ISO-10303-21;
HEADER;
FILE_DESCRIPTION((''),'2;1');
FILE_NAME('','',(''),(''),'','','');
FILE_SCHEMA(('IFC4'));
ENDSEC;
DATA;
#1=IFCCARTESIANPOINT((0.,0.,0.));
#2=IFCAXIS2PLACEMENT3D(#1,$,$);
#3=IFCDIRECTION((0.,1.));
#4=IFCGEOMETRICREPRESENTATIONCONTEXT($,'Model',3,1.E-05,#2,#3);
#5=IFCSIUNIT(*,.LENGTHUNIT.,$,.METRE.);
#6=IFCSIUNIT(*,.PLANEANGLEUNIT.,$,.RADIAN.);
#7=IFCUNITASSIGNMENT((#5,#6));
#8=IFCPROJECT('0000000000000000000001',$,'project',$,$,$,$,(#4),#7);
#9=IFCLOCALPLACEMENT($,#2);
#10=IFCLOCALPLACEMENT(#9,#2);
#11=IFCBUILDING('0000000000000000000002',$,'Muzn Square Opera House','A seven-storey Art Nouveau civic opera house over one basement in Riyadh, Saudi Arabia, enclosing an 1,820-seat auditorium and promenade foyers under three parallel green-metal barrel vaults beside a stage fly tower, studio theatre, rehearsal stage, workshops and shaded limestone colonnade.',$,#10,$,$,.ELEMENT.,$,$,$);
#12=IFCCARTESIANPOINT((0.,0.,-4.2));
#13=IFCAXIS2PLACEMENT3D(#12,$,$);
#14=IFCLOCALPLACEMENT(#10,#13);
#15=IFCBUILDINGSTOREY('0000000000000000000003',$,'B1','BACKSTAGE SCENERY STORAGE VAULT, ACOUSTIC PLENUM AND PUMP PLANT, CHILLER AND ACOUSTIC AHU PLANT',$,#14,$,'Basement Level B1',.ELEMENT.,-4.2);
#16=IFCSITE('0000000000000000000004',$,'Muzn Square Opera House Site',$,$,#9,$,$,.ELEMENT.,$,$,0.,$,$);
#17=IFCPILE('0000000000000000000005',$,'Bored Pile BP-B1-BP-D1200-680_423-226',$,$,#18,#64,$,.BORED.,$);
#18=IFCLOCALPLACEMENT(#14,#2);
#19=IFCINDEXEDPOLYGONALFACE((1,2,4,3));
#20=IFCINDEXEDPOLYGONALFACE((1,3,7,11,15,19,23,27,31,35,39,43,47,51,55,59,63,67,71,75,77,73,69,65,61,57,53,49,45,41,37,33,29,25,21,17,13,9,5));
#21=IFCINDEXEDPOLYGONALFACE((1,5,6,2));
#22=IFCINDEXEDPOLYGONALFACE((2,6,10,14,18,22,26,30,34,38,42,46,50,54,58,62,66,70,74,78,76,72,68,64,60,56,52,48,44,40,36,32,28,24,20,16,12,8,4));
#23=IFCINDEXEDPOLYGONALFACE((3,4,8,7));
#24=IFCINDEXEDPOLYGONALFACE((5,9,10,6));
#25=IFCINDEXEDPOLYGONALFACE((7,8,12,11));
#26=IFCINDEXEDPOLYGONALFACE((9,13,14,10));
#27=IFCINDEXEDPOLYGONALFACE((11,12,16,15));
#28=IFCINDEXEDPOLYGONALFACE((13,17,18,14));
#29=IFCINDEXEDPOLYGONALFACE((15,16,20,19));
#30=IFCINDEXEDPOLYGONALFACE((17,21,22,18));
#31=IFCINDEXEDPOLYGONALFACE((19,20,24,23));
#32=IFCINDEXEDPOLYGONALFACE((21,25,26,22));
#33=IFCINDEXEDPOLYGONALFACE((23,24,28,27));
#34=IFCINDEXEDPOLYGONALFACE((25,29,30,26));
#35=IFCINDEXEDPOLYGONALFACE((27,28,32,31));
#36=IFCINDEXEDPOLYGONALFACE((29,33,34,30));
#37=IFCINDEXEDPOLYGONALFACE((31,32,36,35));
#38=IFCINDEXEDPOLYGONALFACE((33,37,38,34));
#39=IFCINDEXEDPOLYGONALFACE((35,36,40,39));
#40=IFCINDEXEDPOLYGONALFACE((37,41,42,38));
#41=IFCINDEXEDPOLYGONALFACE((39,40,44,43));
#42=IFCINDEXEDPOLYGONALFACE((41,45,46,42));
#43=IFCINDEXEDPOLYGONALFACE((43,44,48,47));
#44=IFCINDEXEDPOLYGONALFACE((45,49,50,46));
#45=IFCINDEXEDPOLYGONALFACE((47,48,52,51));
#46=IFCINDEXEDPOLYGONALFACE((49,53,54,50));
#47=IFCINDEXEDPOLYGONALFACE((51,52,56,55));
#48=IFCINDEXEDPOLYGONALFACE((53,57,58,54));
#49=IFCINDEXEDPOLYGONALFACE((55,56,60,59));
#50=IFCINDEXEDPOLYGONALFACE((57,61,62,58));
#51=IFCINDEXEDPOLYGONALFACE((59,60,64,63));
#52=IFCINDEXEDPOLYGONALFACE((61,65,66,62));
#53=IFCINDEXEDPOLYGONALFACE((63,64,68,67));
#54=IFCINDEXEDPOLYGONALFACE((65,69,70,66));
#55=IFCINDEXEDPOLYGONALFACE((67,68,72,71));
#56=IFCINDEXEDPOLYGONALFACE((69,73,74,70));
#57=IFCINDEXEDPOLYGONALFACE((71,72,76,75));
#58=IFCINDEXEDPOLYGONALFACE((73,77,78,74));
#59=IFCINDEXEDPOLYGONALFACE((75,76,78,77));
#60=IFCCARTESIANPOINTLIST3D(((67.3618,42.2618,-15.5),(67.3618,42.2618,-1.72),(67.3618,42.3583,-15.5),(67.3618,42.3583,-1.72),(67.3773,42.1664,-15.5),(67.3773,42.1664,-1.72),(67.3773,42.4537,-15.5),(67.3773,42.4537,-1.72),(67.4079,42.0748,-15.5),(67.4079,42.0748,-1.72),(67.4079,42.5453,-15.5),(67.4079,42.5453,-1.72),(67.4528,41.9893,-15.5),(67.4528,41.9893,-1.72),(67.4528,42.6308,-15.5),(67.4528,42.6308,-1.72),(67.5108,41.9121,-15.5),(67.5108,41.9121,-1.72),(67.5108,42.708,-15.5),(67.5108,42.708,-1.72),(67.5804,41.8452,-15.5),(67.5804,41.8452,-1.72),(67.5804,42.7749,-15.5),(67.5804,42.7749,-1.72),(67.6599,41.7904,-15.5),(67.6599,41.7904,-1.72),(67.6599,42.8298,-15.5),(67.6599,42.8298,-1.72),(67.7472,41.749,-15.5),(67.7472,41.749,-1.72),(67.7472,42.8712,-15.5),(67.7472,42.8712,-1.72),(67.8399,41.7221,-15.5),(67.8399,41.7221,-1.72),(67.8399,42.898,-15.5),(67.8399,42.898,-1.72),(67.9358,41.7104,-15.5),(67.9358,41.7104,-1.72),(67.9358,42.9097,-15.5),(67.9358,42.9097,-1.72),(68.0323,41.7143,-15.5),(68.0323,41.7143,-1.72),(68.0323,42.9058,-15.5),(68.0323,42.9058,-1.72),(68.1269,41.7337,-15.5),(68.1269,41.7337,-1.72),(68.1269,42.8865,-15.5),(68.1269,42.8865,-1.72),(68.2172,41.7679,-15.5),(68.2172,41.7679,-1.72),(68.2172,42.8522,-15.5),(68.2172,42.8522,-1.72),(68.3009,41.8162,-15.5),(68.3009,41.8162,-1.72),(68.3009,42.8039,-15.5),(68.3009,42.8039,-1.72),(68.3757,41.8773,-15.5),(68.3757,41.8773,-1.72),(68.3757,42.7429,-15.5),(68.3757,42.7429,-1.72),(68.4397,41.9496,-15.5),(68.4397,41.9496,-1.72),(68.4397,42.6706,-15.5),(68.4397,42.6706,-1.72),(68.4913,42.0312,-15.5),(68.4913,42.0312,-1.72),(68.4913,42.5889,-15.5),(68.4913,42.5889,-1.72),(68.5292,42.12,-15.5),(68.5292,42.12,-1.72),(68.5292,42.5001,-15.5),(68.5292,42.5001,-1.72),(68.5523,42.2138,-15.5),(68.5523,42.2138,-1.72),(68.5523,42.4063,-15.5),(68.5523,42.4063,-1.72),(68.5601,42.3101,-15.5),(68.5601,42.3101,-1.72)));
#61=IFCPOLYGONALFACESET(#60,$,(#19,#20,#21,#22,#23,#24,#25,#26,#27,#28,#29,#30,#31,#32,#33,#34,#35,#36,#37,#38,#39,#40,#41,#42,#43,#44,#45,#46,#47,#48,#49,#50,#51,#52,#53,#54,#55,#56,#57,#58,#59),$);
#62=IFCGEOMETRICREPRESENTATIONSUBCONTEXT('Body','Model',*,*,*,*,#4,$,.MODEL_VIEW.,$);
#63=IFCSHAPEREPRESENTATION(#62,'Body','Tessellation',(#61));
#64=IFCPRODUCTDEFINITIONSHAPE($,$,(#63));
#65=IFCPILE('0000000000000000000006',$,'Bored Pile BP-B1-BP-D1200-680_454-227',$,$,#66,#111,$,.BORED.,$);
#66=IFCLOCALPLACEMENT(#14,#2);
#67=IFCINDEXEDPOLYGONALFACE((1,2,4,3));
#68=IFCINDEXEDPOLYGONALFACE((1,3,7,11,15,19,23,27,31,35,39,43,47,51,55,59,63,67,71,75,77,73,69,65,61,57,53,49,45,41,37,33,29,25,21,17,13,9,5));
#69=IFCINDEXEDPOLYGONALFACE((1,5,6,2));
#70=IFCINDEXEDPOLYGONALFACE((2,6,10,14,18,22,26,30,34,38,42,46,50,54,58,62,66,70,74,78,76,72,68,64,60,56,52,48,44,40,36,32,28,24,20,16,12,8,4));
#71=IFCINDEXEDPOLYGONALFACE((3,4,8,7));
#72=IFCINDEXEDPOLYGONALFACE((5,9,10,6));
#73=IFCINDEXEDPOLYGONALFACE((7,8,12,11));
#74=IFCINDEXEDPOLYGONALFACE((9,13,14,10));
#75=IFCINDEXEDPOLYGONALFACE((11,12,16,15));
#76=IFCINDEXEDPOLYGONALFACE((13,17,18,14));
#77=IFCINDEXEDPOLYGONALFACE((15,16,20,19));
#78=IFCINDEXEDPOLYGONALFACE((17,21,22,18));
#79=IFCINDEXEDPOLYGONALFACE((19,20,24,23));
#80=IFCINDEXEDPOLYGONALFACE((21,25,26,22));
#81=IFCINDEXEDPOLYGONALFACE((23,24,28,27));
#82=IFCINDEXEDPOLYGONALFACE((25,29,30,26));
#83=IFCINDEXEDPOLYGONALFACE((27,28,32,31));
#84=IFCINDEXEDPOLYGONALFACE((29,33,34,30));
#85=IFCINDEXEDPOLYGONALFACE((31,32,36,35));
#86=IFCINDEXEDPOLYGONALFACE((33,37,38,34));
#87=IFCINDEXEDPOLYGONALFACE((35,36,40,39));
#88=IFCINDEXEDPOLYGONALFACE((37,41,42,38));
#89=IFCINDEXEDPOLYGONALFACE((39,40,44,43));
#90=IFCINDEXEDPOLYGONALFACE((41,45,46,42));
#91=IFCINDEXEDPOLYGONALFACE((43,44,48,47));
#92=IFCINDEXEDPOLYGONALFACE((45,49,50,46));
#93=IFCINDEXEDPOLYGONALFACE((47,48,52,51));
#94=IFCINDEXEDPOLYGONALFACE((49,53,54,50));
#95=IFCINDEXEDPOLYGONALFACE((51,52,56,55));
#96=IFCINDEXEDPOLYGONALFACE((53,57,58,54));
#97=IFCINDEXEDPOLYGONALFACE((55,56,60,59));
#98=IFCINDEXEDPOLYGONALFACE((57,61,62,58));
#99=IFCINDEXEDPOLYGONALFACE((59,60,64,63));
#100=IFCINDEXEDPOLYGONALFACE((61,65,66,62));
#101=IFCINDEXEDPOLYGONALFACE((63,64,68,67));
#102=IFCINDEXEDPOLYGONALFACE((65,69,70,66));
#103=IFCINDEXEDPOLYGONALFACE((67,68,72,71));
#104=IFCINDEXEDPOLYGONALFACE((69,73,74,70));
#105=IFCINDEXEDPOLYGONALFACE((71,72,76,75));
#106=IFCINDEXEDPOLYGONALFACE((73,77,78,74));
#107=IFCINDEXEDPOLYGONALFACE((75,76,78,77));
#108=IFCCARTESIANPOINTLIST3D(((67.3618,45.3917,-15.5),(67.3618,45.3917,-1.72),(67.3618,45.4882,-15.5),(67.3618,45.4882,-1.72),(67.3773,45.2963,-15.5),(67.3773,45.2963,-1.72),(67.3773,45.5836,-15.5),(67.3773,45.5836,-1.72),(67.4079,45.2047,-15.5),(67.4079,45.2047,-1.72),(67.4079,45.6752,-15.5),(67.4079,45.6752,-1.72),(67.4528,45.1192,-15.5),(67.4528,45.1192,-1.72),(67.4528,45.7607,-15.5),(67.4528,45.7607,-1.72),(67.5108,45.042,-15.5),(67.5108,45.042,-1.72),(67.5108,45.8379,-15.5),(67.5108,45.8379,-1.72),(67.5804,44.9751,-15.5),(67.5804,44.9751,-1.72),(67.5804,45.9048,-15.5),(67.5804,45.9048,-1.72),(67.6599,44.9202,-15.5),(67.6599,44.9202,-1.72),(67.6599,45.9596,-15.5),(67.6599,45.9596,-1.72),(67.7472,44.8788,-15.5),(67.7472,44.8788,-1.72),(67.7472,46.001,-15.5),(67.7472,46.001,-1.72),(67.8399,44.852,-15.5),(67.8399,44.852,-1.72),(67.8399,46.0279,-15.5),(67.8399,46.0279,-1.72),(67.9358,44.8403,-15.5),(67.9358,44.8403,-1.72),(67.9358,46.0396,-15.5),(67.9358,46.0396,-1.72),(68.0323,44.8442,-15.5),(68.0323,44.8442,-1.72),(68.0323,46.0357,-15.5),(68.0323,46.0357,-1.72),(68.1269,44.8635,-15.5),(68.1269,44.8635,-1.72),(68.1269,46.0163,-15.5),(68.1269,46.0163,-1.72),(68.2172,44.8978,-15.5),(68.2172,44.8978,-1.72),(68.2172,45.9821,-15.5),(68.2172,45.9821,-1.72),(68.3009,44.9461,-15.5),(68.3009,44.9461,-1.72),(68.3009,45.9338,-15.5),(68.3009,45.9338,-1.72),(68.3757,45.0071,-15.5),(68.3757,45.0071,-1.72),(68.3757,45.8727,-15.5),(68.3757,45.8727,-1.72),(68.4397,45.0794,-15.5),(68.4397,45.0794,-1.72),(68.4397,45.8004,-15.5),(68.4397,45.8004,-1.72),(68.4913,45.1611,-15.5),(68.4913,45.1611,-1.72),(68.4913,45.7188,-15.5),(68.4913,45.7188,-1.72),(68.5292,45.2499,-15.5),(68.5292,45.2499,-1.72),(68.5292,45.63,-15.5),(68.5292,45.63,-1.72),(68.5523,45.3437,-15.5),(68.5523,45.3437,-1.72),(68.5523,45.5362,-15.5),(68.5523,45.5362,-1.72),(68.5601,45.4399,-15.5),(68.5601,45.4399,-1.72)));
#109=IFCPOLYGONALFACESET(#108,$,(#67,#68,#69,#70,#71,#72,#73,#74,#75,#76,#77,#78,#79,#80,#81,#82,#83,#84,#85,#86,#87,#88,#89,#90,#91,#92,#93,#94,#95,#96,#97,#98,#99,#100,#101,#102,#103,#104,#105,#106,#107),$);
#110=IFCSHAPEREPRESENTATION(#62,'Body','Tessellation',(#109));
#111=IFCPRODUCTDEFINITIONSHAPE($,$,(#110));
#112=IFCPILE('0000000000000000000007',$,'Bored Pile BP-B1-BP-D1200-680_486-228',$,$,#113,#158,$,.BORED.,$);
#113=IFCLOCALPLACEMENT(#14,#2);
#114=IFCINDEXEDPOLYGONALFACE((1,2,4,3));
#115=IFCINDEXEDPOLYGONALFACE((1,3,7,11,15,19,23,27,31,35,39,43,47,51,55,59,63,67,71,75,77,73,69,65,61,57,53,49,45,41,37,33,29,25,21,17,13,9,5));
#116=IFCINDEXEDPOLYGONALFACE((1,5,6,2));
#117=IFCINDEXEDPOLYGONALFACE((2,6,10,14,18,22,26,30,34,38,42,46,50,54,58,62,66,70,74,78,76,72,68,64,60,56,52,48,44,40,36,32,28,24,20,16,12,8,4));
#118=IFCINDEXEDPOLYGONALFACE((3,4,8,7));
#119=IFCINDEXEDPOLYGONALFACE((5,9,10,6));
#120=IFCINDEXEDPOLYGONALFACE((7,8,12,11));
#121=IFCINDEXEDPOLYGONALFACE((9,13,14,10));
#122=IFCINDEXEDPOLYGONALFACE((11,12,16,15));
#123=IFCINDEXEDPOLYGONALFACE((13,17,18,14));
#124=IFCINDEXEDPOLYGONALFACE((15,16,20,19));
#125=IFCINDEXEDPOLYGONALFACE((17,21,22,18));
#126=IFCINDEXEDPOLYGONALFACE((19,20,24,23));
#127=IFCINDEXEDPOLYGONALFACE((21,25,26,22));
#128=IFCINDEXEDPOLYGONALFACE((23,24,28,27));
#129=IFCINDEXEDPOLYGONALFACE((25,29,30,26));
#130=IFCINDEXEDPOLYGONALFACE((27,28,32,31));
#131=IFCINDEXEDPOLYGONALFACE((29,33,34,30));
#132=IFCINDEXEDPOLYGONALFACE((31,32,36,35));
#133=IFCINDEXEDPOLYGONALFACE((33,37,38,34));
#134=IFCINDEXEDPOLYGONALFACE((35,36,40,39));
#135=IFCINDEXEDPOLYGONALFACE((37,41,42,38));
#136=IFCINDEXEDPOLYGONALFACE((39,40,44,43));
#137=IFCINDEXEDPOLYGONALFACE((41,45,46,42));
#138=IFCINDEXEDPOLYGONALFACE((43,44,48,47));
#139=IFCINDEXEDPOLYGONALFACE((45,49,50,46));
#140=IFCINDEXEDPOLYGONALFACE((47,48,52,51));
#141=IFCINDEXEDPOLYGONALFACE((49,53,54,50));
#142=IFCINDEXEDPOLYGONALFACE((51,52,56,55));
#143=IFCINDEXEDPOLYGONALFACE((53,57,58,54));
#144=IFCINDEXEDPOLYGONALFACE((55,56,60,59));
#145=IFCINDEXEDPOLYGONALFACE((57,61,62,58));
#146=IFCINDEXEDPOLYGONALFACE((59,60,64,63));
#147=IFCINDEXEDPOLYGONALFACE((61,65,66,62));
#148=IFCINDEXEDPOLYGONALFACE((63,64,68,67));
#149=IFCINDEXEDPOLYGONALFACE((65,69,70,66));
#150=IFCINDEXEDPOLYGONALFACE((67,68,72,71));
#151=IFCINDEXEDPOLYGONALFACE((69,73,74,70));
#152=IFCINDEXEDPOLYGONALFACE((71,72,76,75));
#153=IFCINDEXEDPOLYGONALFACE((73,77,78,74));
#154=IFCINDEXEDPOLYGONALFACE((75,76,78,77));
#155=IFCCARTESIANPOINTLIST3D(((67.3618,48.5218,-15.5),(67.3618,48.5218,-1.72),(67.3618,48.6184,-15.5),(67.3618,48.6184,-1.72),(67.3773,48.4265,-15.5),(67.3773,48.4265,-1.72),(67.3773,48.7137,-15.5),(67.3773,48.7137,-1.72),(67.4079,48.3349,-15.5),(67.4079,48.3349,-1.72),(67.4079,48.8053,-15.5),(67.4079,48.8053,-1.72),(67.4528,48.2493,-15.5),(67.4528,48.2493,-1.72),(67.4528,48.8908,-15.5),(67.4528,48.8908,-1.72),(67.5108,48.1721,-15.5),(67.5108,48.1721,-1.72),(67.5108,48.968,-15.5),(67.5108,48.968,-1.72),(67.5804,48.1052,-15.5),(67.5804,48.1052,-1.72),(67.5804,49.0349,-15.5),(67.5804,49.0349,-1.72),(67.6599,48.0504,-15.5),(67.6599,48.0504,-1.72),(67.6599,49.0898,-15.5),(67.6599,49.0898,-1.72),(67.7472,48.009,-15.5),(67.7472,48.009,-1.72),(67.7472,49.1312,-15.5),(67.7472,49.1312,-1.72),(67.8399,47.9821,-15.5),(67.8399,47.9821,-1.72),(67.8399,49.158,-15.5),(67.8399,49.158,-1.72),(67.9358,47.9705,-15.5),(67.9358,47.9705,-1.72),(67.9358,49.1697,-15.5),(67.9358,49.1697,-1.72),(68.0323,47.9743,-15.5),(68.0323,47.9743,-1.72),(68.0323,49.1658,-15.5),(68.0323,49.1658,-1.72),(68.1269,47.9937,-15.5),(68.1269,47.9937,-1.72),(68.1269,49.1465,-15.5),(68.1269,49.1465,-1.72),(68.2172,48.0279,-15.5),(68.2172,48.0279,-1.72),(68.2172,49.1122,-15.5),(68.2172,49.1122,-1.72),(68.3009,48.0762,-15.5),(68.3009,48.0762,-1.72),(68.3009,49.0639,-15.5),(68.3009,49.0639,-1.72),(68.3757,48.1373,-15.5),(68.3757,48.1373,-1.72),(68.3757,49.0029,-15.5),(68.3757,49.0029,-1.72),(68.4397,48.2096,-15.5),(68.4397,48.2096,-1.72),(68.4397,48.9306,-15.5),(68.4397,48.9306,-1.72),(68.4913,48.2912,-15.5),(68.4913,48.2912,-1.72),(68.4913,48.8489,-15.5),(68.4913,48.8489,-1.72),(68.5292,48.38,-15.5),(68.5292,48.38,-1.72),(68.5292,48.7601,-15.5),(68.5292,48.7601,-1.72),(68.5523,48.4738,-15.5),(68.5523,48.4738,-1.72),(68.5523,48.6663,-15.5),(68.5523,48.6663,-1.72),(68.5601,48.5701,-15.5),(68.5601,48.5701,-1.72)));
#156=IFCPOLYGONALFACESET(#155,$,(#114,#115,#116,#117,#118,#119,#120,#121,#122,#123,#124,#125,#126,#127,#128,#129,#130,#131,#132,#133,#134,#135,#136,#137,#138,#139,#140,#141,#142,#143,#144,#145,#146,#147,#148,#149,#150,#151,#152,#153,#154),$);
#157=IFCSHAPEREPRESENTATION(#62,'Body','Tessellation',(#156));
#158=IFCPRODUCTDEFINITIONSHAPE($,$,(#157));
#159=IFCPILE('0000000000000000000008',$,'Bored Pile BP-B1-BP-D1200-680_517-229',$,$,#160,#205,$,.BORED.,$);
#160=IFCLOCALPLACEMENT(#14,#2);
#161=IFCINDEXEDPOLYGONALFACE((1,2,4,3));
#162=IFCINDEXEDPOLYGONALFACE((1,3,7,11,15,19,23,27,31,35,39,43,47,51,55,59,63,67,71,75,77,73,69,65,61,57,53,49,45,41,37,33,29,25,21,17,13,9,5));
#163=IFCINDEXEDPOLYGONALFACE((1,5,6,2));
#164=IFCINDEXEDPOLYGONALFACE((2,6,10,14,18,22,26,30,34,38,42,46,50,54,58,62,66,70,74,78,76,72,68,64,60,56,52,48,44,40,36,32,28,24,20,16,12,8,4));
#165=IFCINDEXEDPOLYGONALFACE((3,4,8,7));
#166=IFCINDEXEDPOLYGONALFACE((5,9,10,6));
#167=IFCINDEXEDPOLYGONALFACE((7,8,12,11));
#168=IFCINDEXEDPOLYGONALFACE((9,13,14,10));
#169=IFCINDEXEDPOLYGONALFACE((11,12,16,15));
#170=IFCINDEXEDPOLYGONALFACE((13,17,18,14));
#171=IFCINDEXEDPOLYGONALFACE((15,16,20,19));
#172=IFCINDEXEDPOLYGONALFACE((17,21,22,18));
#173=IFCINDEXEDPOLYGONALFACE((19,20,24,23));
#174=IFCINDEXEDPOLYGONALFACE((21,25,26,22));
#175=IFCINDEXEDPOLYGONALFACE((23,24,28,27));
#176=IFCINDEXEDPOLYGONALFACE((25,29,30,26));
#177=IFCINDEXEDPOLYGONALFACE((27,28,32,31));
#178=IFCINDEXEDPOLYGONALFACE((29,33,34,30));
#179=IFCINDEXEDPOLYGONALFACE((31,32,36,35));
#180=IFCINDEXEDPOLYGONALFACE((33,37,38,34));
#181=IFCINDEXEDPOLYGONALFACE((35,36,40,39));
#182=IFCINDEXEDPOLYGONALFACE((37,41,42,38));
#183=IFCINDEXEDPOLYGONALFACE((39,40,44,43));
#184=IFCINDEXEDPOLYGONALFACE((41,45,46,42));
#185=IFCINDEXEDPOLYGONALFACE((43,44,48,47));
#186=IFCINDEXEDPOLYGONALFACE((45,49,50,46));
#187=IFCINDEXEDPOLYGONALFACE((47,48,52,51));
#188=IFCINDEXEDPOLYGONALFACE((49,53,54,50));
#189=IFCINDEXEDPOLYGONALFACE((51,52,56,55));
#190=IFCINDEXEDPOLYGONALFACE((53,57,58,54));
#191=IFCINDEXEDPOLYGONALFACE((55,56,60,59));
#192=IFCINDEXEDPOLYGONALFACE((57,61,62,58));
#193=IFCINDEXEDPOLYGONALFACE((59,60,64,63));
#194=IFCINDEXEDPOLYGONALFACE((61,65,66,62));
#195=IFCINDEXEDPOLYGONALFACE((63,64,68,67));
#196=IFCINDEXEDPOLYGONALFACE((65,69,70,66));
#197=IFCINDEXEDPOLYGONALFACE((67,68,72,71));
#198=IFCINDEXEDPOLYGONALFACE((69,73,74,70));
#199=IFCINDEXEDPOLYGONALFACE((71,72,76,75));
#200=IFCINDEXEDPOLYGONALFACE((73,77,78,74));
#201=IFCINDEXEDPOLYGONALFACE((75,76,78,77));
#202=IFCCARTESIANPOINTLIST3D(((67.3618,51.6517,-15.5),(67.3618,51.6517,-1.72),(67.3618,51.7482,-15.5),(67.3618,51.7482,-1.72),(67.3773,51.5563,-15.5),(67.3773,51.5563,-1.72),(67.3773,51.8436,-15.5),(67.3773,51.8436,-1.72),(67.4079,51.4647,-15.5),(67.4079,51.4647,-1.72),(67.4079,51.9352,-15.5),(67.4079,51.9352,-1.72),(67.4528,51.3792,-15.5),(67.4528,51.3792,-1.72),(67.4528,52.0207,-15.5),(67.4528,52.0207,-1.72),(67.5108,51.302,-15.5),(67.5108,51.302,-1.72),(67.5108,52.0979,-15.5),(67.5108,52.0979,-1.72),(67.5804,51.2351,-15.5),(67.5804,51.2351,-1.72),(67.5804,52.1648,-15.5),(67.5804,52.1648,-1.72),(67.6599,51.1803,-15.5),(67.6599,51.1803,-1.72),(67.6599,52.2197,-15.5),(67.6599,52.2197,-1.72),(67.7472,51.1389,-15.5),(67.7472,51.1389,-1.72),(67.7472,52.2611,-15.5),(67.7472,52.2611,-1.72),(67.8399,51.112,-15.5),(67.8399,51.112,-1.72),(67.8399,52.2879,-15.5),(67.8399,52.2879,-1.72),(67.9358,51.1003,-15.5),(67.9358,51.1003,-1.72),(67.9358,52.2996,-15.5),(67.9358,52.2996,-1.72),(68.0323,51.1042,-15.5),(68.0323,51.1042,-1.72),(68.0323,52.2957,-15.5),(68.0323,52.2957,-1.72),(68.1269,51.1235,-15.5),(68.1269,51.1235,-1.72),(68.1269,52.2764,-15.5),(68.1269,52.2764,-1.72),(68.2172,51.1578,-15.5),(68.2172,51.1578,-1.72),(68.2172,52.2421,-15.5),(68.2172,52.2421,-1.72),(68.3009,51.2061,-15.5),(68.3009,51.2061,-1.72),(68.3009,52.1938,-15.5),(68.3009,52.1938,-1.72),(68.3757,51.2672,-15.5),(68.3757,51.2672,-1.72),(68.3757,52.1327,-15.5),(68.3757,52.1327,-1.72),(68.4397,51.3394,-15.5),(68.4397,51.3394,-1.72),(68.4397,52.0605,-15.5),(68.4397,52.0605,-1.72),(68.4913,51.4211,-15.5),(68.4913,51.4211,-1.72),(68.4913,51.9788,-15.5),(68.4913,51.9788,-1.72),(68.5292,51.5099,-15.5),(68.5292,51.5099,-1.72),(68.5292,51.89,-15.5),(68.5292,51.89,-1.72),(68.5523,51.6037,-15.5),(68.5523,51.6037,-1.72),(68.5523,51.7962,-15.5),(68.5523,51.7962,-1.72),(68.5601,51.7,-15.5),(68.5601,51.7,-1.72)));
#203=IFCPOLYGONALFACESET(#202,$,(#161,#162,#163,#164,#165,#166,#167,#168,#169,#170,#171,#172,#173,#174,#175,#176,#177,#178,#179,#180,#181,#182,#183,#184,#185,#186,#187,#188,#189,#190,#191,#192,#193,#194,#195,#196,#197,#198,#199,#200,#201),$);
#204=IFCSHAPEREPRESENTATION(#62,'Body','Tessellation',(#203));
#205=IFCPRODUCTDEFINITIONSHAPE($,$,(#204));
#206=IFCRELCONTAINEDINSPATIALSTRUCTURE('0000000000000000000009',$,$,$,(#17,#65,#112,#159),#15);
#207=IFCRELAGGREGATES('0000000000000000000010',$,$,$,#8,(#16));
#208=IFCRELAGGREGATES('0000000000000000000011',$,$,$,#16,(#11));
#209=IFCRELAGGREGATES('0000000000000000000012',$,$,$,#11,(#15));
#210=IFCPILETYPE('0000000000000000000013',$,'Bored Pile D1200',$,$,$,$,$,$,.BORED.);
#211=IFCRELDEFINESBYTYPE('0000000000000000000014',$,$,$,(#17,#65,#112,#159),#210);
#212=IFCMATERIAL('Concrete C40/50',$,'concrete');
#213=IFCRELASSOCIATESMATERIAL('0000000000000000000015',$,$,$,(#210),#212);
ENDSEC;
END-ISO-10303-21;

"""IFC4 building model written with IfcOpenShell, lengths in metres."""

from ifc_helpers import new_model, si_unit, direction, frame, origin, origin_2d, place, context, subcontext, project, spatial, circle, extrude, material, material_profile, profile_set, type_object, element, save


model = new_model("IFC4")

# Units and contexts
model_context = context("Model", 3, precision=1e-05, world=origin(), true_north=direction((0.0, 1.0)))
body_context = subcontext(model_context, "Body", "Model", "MODEL_VIEW")
ifc_project = project(units=[si_unit("LENGTHUNIT", "METRE"), si_unit("PLANEANGLEUNIT", "RADIAN")], contexts=[model_context])

# Site, building, storey
site_placement = place(None, origin())
site = spatial("IfcSite", under=ifc_project, at=site_placement, Name="Muzn Square Opera House Site", CompositionType="ELEMENT", RefElevation=0.0)
building_placement = place(site_placement, origin())
building = spatial("IfcBuilding", under=site, at=building_placement, Name="Muzn Square Opera House", Description="A seven-storey Art Nouveau civic opera house over one basement in Riyadh, Saudi Arabia, enclosing an 1,820-seat auditorium and promenade foyers under three parallel green-metal barrel vaults beside a stage fly tower, studio theatre, rehearsal stage, workshops and shaded limestone colonnade.", CompositionType="ELEMENT")
storey_placement = place(building_placement, frame((0.0, 0.0, -4.2)))
storey = spatial("IfcBuildingStorey", under=building, at=storey_placement, Name="B1", Description="BACKSTAGE SCENERY STORAGE VAULT, ACOUSTIC PLENUM AND PUMP PLANT, CHILLER AND ACOUSTIC AHU PLANT", LongName="Basement Level B1", CompositionType="ELEMENT", Elevation=-4.2)

# Piles
ifc_material_1 = material(Name="Concrete C40/50", Category="concrete")
ifc_material_profile = material_profile(ifc_material_1, circle(Radius=0.6001, at=origin_2d()), Name="BORED PILE D1200", Category="concrete")
ifc_profile_set = profile_set([ifc_material_profile], Name="Concrete C40/50")
pile_type = type_object("IfcPileType", Name="Bored Pile D1200", PredefinedType="BORED", material=ifc_profile_set)
for number, where, z_axis, x_axis, name in (
    (1, (67.96, 42.3101, -1.72), (0.0, 0.0, -1.0), (1.0, 0.0, 0.0), "Bored Pile BP-B1-BP-D1200-680_423-226"),
    (2, (67.96, 45.4399, -1.72), (0.0, 0.0, -1.0), (1.0, 0.0, 0.0), "Bored Pile BP-B1-BP-D1200-680_454-227"),
    (3, (67.96, 48.5701, -1.72), (0.0, 0.0, -1.0), (1.0, 0.0, 0.0), "Bored Pile BP-B1-BP-D1200-680_486-228"),
    (4, (67.96, 51.7, -1.72), (0.0, 0.0, -1.0), (1.0, 0.0, 0.0), "Bored Pile BP-B1-BP-D1200-680_517-229"),
):
    element("IfcPile", number, at=place(storey_placement, frame(where, z_axis=z_axis, x_axis=x_axis)), inside=storey, type_object=pile_type, Name=name, PredefinedType="BORED", context=body_context, shape_type="SweptSolid", body=[
        extrude(circle(Radius=0.6001, at=origin_2d()), origin(), (0.0, 0.0, 1.0), 13.78),
    ])

save(model, "model.ifc")
